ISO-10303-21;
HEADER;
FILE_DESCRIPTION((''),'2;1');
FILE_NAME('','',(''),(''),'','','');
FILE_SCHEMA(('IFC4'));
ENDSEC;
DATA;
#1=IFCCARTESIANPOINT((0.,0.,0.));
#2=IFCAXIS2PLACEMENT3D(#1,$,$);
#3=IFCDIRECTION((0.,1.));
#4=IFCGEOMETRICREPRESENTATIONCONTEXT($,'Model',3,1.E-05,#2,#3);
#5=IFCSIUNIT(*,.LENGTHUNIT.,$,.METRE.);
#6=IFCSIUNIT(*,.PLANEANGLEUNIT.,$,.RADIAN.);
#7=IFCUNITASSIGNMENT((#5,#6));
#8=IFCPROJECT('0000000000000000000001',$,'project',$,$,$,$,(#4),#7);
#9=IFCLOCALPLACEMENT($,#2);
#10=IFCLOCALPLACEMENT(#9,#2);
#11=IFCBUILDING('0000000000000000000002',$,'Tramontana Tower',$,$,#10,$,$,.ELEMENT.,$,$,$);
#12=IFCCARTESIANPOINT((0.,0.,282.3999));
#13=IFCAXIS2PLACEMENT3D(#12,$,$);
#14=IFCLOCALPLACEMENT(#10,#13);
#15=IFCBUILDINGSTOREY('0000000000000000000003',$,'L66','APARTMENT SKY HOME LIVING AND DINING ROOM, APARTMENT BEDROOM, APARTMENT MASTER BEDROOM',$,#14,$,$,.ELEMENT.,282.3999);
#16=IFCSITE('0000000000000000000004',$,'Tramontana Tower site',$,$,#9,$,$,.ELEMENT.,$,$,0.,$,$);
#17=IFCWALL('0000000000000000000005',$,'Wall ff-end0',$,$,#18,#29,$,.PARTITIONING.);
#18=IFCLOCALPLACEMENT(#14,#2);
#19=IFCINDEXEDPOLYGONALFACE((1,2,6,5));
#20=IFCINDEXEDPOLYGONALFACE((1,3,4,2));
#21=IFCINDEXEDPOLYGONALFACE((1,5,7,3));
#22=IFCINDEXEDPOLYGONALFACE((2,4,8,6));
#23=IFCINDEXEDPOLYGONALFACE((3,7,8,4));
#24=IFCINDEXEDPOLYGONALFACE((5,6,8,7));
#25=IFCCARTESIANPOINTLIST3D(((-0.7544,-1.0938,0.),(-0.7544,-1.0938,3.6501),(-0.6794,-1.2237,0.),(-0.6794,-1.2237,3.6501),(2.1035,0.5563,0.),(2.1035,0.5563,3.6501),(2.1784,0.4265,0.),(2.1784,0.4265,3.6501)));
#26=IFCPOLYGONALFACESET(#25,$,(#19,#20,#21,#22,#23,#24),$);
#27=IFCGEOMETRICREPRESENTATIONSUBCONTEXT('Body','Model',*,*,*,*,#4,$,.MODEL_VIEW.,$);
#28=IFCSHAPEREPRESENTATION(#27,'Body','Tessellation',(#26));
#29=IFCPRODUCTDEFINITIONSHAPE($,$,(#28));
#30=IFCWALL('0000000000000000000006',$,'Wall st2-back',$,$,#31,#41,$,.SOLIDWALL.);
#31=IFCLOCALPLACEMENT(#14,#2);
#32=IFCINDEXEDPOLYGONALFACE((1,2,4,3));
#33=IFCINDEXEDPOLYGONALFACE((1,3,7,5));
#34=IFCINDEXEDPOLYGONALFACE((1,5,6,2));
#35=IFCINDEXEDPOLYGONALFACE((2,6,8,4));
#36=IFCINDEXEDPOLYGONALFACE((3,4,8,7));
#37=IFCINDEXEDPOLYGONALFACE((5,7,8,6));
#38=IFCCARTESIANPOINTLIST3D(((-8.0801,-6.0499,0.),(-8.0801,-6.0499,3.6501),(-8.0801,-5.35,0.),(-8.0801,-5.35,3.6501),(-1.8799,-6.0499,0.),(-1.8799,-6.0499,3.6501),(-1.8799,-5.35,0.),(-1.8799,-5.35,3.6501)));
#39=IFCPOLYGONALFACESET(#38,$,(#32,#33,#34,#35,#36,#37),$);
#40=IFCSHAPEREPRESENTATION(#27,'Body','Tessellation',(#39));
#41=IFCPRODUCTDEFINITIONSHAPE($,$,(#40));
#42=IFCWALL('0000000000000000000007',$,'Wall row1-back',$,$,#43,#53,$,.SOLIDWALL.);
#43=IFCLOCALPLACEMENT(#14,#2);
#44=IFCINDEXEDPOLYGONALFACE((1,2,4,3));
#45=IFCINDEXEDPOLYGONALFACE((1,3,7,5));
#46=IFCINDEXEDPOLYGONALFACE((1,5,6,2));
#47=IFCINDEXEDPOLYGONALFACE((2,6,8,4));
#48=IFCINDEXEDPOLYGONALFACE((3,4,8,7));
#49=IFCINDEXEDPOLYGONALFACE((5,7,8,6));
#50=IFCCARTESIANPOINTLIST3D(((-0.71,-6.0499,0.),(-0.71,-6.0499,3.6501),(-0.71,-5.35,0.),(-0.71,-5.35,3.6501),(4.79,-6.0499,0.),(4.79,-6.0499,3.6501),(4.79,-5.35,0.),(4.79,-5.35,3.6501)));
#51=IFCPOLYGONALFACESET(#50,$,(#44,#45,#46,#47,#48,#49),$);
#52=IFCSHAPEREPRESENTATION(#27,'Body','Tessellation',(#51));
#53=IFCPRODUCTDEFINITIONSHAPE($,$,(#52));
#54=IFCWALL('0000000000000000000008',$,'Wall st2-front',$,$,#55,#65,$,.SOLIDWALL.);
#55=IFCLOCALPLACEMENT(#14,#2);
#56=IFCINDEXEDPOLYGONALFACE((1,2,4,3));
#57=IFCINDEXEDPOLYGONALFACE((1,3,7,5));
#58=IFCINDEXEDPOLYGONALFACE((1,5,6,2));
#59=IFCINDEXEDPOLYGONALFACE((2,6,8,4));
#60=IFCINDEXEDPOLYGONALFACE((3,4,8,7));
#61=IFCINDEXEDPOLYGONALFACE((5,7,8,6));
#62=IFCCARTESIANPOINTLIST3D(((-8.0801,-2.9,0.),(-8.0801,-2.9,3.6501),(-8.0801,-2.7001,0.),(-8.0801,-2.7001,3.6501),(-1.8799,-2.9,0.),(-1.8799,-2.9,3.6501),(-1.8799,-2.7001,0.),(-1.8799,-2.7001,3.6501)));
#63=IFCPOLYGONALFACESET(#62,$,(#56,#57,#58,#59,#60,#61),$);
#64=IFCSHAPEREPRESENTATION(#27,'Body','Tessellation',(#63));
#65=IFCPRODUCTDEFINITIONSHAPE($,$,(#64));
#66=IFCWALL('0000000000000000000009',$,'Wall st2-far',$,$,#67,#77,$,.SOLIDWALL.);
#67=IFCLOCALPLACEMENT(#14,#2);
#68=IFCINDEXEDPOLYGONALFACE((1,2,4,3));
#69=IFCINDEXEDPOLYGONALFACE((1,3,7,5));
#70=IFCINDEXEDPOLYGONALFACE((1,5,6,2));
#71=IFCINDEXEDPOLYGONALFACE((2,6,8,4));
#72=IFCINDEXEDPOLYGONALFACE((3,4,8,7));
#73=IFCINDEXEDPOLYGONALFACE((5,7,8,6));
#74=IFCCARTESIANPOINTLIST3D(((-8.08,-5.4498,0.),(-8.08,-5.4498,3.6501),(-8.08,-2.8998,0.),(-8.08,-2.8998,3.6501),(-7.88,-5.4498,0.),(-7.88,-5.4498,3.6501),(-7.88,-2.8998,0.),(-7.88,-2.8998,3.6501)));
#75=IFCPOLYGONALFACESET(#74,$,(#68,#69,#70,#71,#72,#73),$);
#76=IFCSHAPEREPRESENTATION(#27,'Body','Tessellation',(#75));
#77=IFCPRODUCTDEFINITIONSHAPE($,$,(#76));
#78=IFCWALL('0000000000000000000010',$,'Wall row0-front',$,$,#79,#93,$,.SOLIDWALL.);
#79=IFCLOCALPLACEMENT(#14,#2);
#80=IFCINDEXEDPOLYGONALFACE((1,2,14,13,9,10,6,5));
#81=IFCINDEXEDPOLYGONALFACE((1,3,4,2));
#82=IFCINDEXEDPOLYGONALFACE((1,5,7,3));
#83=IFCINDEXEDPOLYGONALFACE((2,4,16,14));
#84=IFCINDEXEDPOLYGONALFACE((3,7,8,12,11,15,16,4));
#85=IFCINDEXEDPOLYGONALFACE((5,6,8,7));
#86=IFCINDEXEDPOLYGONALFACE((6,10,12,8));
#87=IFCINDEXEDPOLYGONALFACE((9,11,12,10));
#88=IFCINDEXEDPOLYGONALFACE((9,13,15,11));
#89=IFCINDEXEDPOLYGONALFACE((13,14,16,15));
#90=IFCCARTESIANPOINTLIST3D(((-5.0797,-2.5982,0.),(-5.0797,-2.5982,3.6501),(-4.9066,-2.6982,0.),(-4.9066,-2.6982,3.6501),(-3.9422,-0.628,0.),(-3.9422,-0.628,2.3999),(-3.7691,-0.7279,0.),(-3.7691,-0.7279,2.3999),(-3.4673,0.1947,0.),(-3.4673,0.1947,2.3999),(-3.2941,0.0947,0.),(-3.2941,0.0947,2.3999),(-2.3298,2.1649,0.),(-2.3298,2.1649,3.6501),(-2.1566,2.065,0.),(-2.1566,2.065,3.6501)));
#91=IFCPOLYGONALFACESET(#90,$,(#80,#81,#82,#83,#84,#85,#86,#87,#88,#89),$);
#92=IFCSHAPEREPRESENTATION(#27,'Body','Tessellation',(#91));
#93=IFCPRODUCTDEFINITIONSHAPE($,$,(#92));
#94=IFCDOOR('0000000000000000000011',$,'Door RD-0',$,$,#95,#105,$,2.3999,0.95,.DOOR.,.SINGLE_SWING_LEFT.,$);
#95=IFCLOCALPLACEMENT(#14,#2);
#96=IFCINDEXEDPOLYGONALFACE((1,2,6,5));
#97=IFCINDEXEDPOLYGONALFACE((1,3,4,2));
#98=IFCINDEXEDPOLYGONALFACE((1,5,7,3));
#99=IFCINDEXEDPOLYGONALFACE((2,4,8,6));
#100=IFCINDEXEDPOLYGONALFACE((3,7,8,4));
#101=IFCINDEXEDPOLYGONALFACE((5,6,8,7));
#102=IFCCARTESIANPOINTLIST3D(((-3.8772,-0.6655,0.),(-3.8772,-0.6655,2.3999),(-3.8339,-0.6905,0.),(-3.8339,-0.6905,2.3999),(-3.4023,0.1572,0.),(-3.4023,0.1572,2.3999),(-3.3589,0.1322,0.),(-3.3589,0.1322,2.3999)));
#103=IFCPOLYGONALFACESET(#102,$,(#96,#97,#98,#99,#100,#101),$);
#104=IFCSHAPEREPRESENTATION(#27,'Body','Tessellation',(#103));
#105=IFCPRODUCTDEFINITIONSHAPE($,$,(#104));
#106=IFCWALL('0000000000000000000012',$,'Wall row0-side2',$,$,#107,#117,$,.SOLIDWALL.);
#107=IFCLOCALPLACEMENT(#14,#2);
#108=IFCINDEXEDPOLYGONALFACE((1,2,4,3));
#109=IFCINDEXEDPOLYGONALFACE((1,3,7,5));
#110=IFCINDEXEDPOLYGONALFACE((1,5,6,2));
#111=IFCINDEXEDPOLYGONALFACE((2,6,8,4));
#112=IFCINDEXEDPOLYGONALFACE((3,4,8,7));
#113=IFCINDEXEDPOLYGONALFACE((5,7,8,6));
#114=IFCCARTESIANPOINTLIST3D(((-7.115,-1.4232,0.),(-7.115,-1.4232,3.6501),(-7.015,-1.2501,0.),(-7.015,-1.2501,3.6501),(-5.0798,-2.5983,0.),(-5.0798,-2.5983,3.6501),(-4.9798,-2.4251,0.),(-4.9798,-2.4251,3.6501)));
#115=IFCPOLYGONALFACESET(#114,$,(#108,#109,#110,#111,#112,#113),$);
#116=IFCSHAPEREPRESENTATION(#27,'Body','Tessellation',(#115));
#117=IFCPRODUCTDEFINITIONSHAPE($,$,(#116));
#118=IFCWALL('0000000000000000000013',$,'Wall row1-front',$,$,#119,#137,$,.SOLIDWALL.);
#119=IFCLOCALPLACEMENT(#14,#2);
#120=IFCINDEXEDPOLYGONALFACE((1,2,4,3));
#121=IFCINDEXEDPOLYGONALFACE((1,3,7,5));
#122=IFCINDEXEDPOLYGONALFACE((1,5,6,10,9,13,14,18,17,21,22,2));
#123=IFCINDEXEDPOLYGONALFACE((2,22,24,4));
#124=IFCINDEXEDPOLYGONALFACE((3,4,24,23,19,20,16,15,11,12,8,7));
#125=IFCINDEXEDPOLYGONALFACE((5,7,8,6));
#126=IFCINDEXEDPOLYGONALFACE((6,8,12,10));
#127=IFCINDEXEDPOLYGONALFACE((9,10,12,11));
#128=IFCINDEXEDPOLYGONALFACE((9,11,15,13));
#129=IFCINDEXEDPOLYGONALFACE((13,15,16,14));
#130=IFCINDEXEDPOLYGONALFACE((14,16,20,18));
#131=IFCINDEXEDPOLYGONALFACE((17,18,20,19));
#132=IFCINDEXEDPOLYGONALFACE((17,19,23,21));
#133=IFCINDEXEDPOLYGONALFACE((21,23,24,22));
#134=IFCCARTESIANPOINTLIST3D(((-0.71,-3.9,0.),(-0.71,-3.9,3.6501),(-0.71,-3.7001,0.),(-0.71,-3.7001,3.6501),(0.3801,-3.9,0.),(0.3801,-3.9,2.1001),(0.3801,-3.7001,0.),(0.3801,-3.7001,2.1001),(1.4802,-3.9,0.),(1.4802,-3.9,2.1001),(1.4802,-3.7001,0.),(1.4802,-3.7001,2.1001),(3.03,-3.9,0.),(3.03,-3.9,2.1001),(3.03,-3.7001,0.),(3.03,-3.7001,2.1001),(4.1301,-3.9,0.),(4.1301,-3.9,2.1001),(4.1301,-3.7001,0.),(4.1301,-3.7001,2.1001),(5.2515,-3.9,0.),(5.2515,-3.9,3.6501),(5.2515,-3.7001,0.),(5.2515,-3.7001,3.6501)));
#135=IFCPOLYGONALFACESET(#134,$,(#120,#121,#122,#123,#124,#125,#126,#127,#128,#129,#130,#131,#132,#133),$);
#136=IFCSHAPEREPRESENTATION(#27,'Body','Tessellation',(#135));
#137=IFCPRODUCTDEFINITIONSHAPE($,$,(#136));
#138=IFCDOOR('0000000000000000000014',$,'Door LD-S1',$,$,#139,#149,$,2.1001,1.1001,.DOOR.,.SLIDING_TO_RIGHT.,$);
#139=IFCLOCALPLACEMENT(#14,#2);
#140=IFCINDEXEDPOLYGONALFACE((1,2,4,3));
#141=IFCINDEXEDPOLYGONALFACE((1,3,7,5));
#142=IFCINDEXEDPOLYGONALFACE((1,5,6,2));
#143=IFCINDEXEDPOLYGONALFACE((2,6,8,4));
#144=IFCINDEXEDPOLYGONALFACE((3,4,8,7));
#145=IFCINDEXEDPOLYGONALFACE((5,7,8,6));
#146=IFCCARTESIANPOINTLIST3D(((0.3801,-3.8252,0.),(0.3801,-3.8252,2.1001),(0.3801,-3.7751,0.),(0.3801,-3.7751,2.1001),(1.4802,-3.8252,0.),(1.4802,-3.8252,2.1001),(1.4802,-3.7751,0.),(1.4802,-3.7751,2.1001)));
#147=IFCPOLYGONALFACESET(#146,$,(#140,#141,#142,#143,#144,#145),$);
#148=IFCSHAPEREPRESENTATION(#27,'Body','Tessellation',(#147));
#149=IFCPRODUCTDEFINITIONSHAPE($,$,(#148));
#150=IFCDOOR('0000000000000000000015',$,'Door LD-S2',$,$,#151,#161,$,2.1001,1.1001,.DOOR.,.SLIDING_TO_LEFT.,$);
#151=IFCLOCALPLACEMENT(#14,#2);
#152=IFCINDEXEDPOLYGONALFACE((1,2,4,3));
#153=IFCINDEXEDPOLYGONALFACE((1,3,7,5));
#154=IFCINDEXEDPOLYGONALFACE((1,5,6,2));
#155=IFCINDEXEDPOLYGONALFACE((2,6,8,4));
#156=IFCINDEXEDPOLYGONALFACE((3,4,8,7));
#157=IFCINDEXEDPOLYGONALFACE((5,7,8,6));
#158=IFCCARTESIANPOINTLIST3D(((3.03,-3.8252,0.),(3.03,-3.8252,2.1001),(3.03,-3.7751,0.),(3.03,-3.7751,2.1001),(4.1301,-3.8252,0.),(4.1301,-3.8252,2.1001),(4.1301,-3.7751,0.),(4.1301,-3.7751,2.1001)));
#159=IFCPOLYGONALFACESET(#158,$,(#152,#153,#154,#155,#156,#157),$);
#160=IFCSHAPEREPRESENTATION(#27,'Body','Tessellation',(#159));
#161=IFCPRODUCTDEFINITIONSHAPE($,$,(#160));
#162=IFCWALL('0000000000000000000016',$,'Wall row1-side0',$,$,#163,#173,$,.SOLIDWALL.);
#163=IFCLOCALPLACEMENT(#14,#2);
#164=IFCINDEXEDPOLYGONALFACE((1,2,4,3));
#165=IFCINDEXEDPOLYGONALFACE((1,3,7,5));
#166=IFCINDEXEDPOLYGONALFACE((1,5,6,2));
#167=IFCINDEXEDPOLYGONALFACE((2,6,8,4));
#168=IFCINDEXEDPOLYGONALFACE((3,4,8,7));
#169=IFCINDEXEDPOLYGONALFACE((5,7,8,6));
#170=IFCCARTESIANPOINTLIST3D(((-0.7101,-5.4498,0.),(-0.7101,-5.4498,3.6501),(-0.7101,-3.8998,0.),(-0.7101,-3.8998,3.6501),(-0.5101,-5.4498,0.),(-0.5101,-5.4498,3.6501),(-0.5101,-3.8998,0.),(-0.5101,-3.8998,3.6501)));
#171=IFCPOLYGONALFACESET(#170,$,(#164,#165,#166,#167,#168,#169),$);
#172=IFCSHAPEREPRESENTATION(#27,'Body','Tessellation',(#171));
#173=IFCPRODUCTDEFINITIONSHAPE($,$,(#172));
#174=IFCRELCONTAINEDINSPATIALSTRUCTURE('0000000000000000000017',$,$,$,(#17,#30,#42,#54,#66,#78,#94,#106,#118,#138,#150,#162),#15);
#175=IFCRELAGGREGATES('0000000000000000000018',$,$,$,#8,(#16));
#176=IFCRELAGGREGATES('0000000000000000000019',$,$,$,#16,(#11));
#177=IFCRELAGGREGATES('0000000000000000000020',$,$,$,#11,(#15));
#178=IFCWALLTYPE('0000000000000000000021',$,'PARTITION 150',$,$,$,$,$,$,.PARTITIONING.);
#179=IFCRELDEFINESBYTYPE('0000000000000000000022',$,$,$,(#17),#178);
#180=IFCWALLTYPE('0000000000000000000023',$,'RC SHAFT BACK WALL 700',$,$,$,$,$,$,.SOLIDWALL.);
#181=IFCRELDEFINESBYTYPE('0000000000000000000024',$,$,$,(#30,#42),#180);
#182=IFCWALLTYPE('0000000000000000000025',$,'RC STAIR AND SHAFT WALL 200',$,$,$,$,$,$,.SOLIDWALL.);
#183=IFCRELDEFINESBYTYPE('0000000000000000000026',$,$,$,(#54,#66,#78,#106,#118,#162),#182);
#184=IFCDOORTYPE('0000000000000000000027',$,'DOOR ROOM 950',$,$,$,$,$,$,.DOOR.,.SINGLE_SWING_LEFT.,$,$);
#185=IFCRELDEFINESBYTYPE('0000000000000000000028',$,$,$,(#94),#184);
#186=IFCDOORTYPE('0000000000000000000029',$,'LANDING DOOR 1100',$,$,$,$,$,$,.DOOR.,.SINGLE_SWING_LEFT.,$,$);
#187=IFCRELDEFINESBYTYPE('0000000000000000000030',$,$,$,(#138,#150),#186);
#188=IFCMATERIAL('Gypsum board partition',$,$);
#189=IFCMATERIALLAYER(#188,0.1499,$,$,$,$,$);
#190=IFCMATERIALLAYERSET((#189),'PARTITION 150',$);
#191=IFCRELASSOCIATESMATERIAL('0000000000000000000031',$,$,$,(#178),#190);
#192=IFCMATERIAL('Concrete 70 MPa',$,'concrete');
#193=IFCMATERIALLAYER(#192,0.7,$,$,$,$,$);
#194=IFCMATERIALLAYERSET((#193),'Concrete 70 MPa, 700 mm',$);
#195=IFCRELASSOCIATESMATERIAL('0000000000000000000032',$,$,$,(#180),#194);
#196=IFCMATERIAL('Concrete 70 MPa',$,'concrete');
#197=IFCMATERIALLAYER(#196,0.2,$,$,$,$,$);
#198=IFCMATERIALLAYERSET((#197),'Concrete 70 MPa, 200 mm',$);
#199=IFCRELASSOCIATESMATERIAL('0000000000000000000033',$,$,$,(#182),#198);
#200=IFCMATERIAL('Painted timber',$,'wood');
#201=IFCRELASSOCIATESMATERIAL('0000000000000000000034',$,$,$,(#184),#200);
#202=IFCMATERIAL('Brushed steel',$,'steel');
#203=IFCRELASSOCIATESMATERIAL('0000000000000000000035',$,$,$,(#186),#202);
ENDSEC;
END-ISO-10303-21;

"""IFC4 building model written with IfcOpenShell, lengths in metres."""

from ifc_helpers import new_model, si_unit, direction, frame, frame_2d, origin, place, context, subcontext, project, spatial, rectangle, extrude, material, layer, layer_set, type_object, element, fill, save


model = new_model("IFC4")

# Units and contexts
model_context = context("Model", 3, precision=1e-05, world=origin(), true_north=direction((0.0, 1.0)))
body_context = subcontext(model_context, "Body", "Model", "MODEL_VIEW")
ifc_project = project(units=[si_unit("LENGTHUNIT", "METRE"), si_unit("PLANEANGLEUNIT", "RADIAN")], contexts=[model_context])

# Site, building, storey
site_placement = place(None, origin())
site = spatial("IfcSite", under=ifc_project, at=site_placement, Name="Tramontana Tower site", CompositionType="ELEMENT", RefElevation=0.0)
building_placement = place(site_placement, origin())
building = spatial("IfcBuilding", under=site, at=building_placement, Name="Tramontana Tower", CompositionType="ELEMENT")
storey_placement = place(building_placement, frame((0.0, 0.0, 282.3999)))
storey = spatial("IfcBuildingStorey", under=building, at=storey_placement, Name="L66", Description="APARTMENT SKY HOME LIVING AND DINING ROOM, APARTMENT BEDROOM, APARTMENT MASTER BEDROOM", CompositionType="ELEMENT", Elevation=282.3999)

# Shared definitions
ifc_material_1 = material(Name="Gypsum board partition")
ifc_layer_1 = layer(ifc_material_1, 0.1499)
ifc_layer_set_1 = layer_set([ifc_layer_1], Name="PARTITION 150")
wall_type_1 = type_object("IfcWallType", Name="PARTITION 150", PredefinedType="PARTITIONING", material=ifc_layer_set_1)

# Walls
wall_1_placement = place(storey_placement, frame((-0.7168, -1.1587, 0.0), z_axis=(0.0, 0.0, 1.0), x_axis=(0.866008, 0.50003, 0.0)))
element("IfcWall", 1, at=wall_1_placement, inside=storey, type_object=wall_type_1, Name="Wall ff-end0", PredefinedType="PARTITIONING", context=body_context, shape_type="SweptSolid", body=[
    extrude(rectangle(XDim=3.3, YDim=0.1499, at=frame_2d((1.6499, 0.0))), origin(), (0.0, 0.0, 1.0), 3.6501),
])
ifc_material_2 = material(Name="Concrete 70 MPa", Category="concrete")
ifc_layer_2 = layer(ifc_material_2, 0.7)
ifc_layer_set_2 = layer_set([ifc_layer_2], Name="Concrete 70 MPa, 700 mm")
wall_type_2 = type_object("IfcWallType", Name="RC SHAFT BACK WALL 700", PredefinedType="SOLIDWALL", material=ifc_layer_set_2)
wall_2_placement = place(storey_placement, frame((-8.0801, -5.7, 0.0), z_axis=(0.0, 0.0, 1.0), x_axis=(1.0, 0.0, 0.0)))
element("IfcWall", 2, at=wall_2_placement, inside=storey, type_object=wall_type_2, Name="Wall st2-back", PredefinedType="SOLIDWALL", context=body_context, shape_type="SweptSolid", body=[
    extrude(rectangle(XDim=6.2002, YDim=0.7, at=frame_2d((3.1001, 0.0))), origin(), (0.0, 0.0, 1.0), 3.6501),
])
wall_3_placement = place(storey_placement, frame((-0.71, -5.7, 0.0), z_axis=(0.0, 0.0, 1.0), x_axis=(1.0, 0.0, 0.0)))
element("IfcWall", 3, at=wall_3_placement, inside=storey, type_object=wall_type_2, Name="Wall row1-back", PredefinedType="SOLIDWALL", context=body_context, shape_type="SweptSolid", body=[
    extrude(rectangle(XDim=5.5, YDim=0.7, at=frame_2d((2.75, 0.0))), origin(), (0.0, 0.0, 1.0), 3.6501),
])
ifc_material_3 = material(Name="Concrete 70 MPa", Category="concrete")
ifc_layer_3 = layer(ifc_material_3, 0.2)
ifc_layer_set_3 = layer_set([ifc_layer_3], Name="Concrete 70 MPa, 200 mm")
wall_type_3 = type_object("IfcWallType", Name="RC STAIR AND SHAFT WALL 200", PredefinedType="SOLIDWALL", material=ifc_layer_set_3)
wall_4_placement = place(storey_placement, frame((-8.0801, -2.8, 0.0), z_axis=(0.0, 0.0, 1.0), x_axis=(1.0, 0.0, 0.0)))
element("IfcWall", 4, at=wall_4_placement, inside=storey, type_object=wall_type_3, Name="Wall st2-front", PredefinedType="SOLIDWALL", context=body_context, shape_type="SweptSolid", body=[
    extrude(rectangle(XDim=6.2002, YDim=0.2, at=frame_2d((3.1001, 0.0))), origin(), (0.0, 0.0, 1.0), 3.6501),
])
wall_5_placement = place(storey_placement, frame((-7.98, -2.8999, 0.0), z_axis=(0.0, 0.0, 1.0), x_axis=(0.0, -1.0, 0.0)))
element("IfcWall", 5, at=wall_5_placement, inside=storey, type_object=wall_type_3, Name="Wall st2-far", PredefinedType="SOLIDWALL", context=body_context, shape_type="SweptSolid", body=[
    extrude(rectangle(XDim=2.55, YDim=0.2, at=frame_2d((1.2749, 0.0))), origin(), (0.0, 0.0, 1.0), 3.6501),
])

# Wall, opening, door
wall_6_placement = place(storey_placement, frame((-4.9932, -2.6482, 0.0), z_axis=(0.0, 0.0, 1.0), x_axis=(0.499997, 0.866027, 0.0)))
wall_6 = element("IfcWall", 6, at=wall_6_placement, inside=storey, type_object=wall_type_3, Name="Wall row0-front", PredefinedType="SOLIDWALL", context=body_context, shape_type="SweptSolid", body=[
    extrude(rectangle(XDim=5.5, YDim=0.2, at=frame_2d((2.75, 0.0))), origin(), (0.0, 0.0, 1.0), 3.6501),
])
opening_1_placement = place(wall_6_placement, frame((2.2749, 0.0, 0.0)))
opening_1 = element("IfcOpeningElement", 7, at=opening_1_placement, cuts=wall_6, PredefinedType="OPENING", context=body_context, shape_type="SweptSolid", body=[
    extrude(rectangle(XDim=0.95, YDim=2.3999, at=frame_2d((0.4751, 1.2))), frame((0.0, 0.1099, 0.0), z_axis=(0.0, -1.0, 0.0), x_axis=(1.0, 0.0, 0.0)), (0.0, 0.0, 1.0), 0.22),
])
ifc_material_4 = material(Name="Painted timber", Category="wood")
door_type_1 = type_object("IfcDoorType", Name="DOOR ROOM 950", OperationType="SINGLE_SWING_LEFT", PredefinedType="DOOR", material=ifc_material_4)
door_1_placement = place(opening_1_placement, origin())
door_1 = element("IfcDoor", 8, at=door_1_placement, inside=storey, type_object=door_type_1, Name="Door RD-0", OperationType="SINGLE_SWING_LEFT", OverallHeight=2.3999, OverallWidth=0.95, PredefinedType="DOOR", context=body_context, shape_type="SweptSolid", body=[
    extrude(rectangle(XDim=0.95, YDim=2.3999, at=frame_2d((0.4751, 1.2))), frame((0.0, 0.0249, 0.0), z_axis=(0.0, -1.0, 0.0), x_axis=(1.0, 0.0, 0.0)), (0.0, 0.0, 1.0), 0.05),
])
fill(opening_1, door_1)

# Wall
wall_7_placement = place(storey_placement, frame((-5.0298, -2.5117, 0.0), z_axis=(0.0, 0.0, 1.0), x_axis=(-0.866016, 0.500016, 0.0)))
element("IfcWall", 9, at=wall_7_placement, inside=storey, type_object=wall_type_3, Name="Wall row0-side2", PredefinedType="SOLIDWALL", context=body_context, shape_type="SweptSolid", body=[
    extrude(rectangle(XDim=2.3501, YDim=0.2, at=frame_2d((1.175, 0.0))), origin(), (0.0, 0.0, 1.0), 3.6501),
])

# Wall, openings, doors
wall_8_placement = place(storey_placement, frame((-0.71, -3.8, 0.0), z_axis=(0.0, 0.0, 1.0), x_axis=(1.0, 0.0, 0.0)))
wall_8 = element("IfcWall", 10, at=wall_8_placement, inside=storey, type_object=wall_type_3, Name="Wall row1-front", PredefinedType="SOLIDWALL", context=body_context, shape_type="SweptSolid", body=[
    extrude(rectangle(XDim=5.9614, YDim=0.2, at=frame_2d((2.9807, 0.0))), origin(), (0.0, 0.0, 1.0), 3.6501),
])
opening_2_placement = place(wall_8_placement, frame((1.0901, 0.0, 0.0)))
opening_2 = element("IfcOpeningElement", 11, at=opening_2_placement, cuts=wall_8, PredefinedType="OPENING", context=body_context, shape_type="SweptSolid", body=[
    extrude(rectangle(XDim=1.1001, YDim=2.1001, at=frame_2d((0.55, 1.05))), frame((0.0, 0.1099, 0.0), z_axis=(0.0, -1.0, 0.0), x_axis=(1.0, 0.0, 0.0)), (0.0, 0.0, 1.0), 0.22),
])
opening_3_placement = place(wall_8_placement, frame((3.74, 0.0, 0.0)))
opening_3 = element("IfcOpeningElement", 12, at=opening_3_placement, cuts=wall_8, PredefinedType="OPENING", context=body_context, shape_type="SweptSolid", body=[
    extrude(rectangle(XDim=1.1001, YDim=2.1001, at=frame_2d((0.55, 1.05))), frame((0.0, 0.1099, 0.0), z_axis=(0.0, -1.0, 0.0), x_axis=(1.0, 0.0, 0.0)), (0.0, 0.0, 1.0), 0.22),
])
ifc_material_5 = material(Name="Brushed steel", Category="steel")
door_type_2 = type_object("IfcDoorType", Name="LANDING DOOR 1100", OperationType="SINGLE_SWING_LEFT", PredefinedType="DOOR", material=ifc_material_5)
door_2_placement = place(opening_2_placement, origin())
door_2 = element("IfcDoor", 13, at=door_2_placement, inside=storey, type_object=door_type_2, Name="Door LD-S1", OperationType="SLIDING_TO_RIGHT", OverallHeight=2.1001, OverallWidth=1.1001, PredefinedType="DOOR", context=body_context, shape_type="SweptSolid", body=[
    extrude(rectangle(XDim=1.1001, YDim=2.1001, at=frame_2d((0.55, 1.05))), frame((0.0, 0.0249, 0.0), z_axis=(0.0, -1.0, 0.0), x_axis=(1.0, 0.0, 0.0)), (0.0, 0.0, 1.0), 0.05),
])
fill(opening_2, door_2)
door_3_placement = place(opening_3_placement, origin())
door_3 = element("IfcDoor", 14, at=door_3_placement, inside=storey, type_object=door_type_2, Name="Door LD-S2", OperationType="SLIDING_TO_LEFT", OverallHeight=2.1001, OverallWidth=1.1001, PredefinedType="DOOR", context=body_context, shape_type="SweptSolid", body=[
    extrude(rectangle(XDim=1.1001, YDim=2.1001, at=frame_2d((0.55, 1.05))), frame((0.0, 0.0249, 0.0), z_axis=(0.0, -1.0, 0.0), x_axis=(1.0, 0.0, 0.0)), (0.0, 0.0, 1.0), 0.05),
])
fill(opening_3, door_3)

# Wall
wall_9_placement = place(storey_placement, frame((-0.6101, -3.8999, 0.0), z_axis=(0.0, 0.0, 1.0), x_axis=(0.0, -1.0, 0.0)))
element("IfcWall", 15, at=wall_9_placement, inside=storey, type_object=wall_type_3, Name="Wall row1-side0", PredefinedType="SOLIDWALL", context=body_context, shape_type="SweptSolid", body=[
    extrude(rectangle(XDim=1.55, YDim=0.2, at=frame_2d((0.7749, 0.0))), origin(), (0.0, 0.0, 1.0), 3.6501),
])

save(model, "model.ifc")
